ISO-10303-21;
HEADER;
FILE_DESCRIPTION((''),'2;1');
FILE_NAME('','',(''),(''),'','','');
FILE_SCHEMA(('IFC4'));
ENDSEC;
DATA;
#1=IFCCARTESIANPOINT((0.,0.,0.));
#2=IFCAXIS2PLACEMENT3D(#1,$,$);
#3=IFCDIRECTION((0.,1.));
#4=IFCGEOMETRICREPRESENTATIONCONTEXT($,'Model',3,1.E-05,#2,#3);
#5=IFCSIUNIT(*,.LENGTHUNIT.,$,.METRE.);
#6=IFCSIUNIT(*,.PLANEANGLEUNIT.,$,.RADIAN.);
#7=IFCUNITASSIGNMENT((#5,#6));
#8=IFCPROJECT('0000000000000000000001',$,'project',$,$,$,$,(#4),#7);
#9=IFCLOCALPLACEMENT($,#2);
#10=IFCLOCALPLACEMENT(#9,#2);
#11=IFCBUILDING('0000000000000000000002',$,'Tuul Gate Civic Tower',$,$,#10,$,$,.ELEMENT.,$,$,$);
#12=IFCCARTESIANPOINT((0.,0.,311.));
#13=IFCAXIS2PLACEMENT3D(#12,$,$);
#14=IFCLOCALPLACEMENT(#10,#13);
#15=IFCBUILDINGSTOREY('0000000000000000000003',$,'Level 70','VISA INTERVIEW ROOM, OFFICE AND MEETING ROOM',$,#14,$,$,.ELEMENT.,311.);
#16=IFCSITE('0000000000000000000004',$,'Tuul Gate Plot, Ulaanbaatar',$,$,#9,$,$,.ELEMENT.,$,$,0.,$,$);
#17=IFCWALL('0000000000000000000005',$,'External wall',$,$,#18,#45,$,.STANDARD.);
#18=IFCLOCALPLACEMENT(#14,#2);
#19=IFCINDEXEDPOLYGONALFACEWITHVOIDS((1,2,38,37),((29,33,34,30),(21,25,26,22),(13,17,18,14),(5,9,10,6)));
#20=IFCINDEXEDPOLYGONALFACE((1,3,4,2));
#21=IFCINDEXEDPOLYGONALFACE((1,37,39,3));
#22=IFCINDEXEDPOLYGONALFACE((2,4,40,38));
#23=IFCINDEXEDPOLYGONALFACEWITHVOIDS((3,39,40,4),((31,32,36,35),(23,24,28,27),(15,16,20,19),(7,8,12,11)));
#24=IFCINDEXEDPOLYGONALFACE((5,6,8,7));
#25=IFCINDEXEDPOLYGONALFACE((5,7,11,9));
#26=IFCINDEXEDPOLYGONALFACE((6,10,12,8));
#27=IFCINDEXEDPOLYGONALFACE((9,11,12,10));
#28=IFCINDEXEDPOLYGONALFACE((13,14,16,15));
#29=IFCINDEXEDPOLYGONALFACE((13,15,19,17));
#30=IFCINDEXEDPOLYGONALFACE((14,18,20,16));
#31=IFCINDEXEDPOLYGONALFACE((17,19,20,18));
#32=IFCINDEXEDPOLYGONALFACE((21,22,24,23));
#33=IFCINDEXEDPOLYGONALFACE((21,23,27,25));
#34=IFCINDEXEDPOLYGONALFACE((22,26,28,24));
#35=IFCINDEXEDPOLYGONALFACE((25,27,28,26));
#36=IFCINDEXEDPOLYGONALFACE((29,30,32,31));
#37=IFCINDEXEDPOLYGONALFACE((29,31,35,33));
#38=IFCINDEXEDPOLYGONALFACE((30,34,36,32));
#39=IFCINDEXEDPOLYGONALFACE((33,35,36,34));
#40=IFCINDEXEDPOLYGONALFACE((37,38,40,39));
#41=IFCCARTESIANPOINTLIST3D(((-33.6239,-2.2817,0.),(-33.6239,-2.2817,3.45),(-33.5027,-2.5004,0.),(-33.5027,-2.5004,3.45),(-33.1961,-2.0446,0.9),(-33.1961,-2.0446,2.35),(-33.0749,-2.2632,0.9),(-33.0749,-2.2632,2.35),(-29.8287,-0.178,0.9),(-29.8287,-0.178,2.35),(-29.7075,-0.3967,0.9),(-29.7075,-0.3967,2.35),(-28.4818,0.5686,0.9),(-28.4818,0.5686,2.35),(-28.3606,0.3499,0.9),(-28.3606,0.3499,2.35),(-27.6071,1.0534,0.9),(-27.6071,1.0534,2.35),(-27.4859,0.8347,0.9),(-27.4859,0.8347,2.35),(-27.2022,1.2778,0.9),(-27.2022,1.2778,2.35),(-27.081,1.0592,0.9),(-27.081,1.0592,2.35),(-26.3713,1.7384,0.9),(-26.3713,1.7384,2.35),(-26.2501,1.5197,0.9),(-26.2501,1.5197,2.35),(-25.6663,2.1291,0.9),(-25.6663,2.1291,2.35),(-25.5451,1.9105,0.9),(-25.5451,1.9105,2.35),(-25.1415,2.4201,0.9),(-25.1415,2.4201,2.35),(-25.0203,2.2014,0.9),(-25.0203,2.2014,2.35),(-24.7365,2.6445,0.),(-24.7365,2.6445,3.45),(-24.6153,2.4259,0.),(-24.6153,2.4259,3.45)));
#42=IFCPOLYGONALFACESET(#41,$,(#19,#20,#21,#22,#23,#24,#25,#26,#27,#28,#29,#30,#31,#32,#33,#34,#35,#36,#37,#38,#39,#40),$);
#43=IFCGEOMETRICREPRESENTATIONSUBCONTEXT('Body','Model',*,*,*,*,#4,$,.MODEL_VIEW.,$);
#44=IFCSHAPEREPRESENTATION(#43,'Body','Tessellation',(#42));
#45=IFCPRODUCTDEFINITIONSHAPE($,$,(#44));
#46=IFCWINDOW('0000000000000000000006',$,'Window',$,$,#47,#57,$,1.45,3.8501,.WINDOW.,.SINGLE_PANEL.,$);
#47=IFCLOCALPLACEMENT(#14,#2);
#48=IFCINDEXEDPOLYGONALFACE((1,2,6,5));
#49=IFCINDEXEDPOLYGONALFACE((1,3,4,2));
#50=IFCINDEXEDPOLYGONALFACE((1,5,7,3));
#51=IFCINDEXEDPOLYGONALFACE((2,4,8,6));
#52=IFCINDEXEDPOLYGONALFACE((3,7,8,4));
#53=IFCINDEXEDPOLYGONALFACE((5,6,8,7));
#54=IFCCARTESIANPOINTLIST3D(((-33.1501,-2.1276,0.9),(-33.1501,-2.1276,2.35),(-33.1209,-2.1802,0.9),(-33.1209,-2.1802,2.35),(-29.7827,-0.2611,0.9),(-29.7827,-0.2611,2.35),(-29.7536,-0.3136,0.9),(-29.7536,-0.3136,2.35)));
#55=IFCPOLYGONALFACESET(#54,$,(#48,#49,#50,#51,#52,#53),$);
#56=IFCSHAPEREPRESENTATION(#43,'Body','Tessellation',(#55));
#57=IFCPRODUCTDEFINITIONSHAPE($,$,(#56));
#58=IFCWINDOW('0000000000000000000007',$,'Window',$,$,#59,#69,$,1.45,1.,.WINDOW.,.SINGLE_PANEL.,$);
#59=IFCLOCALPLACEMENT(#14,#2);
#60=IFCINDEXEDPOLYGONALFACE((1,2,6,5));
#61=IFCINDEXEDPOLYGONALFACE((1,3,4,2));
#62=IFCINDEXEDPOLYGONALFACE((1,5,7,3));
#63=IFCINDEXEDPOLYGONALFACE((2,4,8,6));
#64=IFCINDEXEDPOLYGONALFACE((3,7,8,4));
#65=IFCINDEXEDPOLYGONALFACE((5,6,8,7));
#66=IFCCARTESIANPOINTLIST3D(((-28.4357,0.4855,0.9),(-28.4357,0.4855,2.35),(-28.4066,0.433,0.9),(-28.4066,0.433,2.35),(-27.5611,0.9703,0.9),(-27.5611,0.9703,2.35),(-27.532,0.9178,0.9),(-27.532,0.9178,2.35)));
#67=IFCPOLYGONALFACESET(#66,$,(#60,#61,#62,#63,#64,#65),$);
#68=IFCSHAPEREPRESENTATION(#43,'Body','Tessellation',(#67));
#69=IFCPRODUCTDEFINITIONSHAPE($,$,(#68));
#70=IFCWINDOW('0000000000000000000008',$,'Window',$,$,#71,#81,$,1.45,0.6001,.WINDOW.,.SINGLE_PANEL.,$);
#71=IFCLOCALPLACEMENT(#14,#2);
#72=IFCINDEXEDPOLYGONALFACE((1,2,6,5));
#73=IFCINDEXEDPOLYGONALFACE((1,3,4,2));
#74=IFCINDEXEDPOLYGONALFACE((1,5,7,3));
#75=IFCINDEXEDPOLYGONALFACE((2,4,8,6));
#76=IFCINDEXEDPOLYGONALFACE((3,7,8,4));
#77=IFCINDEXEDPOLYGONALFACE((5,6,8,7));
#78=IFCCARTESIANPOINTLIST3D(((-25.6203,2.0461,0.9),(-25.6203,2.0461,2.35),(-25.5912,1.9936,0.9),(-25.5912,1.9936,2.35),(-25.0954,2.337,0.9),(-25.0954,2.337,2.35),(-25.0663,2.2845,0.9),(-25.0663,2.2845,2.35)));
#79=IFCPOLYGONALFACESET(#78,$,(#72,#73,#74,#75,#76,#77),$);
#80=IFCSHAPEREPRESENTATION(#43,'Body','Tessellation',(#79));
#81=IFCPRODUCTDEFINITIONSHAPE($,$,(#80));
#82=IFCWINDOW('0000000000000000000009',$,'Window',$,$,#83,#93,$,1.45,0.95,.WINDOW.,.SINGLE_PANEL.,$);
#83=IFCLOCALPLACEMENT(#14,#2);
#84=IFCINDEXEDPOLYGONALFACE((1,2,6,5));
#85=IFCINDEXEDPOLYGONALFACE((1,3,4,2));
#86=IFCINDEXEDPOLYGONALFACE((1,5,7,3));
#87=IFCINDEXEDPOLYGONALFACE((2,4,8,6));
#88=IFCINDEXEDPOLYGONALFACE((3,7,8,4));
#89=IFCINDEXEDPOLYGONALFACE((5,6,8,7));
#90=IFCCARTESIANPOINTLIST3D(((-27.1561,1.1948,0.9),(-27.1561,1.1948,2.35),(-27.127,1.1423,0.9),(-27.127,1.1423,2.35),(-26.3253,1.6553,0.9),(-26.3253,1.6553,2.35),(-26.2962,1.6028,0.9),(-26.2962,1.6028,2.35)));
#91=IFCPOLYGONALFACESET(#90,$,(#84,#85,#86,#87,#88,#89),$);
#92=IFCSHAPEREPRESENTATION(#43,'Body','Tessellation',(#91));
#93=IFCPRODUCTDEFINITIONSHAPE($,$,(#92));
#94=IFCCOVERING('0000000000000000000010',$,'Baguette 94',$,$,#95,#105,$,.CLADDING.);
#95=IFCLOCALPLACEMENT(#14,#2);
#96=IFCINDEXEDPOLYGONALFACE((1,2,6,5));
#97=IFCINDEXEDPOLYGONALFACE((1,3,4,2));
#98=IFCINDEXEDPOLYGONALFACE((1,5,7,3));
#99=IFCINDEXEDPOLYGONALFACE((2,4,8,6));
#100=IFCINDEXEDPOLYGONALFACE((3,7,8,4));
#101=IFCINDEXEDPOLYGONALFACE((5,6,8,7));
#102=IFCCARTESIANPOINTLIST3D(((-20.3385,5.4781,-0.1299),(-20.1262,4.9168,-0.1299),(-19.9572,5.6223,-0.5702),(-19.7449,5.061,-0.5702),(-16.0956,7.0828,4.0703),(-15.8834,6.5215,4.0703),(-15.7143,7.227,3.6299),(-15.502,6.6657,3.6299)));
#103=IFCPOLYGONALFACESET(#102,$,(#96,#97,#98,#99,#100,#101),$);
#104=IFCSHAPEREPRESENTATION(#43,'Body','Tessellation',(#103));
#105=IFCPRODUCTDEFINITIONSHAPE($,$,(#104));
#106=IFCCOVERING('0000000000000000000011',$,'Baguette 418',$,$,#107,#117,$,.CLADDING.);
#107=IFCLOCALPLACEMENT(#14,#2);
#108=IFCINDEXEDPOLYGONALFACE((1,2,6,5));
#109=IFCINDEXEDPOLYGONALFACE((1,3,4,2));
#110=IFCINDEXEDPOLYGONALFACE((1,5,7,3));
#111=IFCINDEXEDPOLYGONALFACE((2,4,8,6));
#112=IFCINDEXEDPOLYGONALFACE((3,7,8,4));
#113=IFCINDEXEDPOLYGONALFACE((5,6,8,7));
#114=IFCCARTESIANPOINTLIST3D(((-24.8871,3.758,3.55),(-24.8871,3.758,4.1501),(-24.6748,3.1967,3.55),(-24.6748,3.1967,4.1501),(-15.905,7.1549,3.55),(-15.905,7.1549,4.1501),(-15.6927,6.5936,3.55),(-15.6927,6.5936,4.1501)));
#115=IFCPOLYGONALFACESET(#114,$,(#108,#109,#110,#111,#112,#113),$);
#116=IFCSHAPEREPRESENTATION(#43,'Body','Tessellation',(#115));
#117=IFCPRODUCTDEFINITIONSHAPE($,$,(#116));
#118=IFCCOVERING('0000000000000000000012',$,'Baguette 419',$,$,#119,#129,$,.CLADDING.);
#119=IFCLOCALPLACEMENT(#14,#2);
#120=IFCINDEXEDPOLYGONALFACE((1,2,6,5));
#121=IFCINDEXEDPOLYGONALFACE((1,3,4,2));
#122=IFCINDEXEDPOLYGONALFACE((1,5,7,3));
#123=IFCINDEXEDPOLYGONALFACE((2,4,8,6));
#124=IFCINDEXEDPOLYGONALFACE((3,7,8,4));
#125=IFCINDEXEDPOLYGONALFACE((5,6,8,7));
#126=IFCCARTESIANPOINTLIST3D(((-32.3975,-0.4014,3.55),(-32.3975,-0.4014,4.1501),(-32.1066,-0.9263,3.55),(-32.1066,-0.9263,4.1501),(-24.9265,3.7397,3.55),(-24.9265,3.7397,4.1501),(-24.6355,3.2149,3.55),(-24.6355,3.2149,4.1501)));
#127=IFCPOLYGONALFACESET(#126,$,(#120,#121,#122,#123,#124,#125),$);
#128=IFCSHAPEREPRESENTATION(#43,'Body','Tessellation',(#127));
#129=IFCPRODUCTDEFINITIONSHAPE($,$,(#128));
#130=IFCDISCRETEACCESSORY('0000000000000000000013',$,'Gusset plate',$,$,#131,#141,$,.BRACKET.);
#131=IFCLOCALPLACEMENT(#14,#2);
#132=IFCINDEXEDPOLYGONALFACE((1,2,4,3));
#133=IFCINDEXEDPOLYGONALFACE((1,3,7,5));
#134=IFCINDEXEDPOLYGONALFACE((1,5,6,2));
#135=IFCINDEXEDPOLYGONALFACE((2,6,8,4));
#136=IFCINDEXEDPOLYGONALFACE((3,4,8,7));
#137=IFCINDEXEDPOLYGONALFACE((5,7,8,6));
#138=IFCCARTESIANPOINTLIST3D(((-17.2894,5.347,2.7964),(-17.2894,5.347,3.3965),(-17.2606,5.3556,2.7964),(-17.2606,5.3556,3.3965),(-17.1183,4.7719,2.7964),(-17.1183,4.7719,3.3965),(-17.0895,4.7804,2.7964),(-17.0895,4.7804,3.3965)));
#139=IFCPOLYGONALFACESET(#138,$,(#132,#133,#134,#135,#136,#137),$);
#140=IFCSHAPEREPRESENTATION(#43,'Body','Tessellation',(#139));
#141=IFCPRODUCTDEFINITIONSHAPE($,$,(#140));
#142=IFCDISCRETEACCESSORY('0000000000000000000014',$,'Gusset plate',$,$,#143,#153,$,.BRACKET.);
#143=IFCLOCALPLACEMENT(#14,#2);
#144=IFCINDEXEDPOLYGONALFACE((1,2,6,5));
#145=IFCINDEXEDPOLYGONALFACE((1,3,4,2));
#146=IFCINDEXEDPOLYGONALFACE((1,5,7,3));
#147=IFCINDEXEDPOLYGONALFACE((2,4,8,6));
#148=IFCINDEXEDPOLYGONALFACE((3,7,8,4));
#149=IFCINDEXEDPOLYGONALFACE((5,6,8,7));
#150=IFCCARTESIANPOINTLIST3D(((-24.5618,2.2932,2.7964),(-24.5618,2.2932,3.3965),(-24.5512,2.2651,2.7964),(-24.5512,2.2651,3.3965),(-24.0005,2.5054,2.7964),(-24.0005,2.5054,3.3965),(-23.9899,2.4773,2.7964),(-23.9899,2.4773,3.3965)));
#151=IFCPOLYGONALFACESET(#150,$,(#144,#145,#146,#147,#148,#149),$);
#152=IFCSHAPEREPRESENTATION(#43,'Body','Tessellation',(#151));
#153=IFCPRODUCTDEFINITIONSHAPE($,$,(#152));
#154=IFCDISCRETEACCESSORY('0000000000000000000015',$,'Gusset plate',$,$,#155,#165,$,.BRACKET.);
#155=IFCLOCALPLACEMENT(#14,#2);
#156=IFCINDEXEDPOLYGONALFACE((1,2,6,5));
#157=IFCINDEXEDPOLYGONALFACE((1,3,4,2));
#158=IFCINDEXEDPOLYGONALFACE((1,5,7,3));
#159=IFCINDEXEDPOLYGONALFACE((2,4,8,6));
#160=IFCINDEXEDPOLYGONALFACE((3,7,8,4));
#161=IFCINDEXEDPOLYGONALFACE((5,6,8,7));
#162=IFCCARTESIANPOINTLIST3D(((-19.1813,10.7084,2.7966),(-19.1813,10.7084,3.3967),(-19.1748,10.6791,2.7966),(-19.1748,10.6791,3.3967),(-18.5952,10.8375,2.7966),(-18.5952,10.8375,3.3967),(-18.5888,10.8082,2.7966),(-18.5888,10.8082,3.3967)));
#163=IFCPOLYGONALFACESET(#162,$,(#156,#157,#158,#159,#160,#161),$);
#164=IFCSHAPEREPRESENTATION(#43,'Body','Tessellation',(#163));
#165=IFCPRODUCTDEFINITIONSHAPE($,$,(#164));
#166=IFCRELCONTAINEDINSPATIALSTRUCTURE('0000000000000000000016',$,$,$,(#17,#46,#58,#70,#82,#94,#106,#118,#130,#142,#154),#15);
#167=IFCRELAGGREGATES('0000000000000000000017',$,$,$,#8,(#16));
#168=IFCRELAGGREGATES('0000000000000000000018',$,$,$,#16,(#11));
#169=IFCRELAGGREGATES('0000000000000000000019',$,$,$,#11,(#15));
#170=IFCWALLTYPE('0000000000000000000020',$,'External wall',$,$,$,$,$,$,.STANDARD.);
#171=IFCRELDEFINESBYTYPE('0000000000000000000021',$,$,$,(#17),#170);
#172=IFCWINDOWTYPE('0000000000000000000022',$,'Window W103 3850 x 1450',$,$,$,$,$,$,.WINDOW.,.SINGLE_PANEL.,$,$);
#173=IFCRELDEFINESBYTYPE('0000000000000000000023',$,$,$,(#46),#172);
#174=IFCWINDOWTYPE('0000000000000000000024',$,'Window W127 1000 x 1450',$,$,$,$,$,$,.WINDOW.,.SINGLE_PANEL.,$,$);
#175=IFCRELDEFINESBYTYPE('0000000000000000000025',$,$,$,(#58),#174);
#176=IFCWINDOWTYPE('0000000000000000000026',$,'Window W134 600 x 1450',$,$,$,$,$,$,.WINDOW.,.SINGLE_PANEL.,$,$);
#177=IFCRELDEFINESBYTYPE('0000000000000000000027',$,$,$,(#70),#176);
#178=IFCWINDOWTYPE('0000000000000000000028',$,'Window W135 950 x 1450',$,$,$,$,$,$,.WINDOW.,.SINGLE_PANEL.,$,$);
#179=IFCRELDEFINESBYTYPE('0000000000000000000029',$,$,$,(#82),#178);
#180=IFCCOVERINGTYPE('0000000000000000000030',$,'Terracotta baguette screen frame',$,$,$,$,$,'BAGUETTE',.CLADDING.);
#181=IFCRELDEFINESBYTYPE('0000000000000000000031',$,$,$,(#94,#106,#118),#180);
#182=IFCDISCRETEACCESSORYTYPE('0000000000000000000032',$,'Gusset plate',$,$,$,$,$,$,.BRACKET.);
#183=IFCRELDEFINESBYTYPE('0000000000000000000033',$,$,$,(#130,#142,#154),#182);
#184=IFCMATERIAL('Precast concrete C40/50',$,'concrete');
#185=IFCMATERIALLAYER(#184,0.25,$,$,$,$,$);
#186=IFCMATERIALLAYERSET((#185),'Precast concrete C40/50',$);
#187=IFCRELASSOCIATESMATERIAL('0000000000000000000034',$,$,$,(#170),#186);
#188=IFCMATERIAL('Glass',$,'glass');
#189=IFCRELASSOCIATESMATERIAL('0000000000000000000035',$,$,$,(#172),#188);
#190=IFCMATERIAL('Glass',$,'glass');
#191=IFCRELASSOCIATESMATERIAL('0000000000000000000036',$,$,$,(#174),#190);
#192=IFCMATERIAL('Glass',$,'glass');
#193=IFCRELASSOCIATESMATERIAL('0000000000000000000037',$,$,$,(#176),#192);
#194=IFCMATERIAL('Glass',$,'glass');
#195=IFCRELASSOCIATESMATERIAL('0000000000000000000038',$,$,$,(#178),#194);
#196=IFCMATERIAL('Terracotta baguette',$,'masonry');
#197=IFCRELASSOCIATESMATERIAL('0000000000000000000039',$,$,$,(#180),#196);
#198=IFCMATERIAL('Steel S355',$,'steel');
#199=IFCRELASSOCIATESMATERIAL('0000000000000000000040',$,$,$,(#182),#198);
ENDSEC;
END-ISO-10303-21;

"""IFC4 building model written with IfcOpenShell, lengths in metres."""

from ifc_helpers import new_model, si_unit, direction, frame, frame_2d, origin, origin_2d, place, context, subcontext, project, spatial, rectangle, extrude, material, layer, layer_set, material_profile, profile_set, type_object, element, fill, save


model = new_model("IFC4")

# Units and contexts
model_context = context("Model", 3, precision=1e-05, world=origin(), true_north=direction((0.0, 1.0)))
body_context = subcontext(model_context, "Body", "Model", "MODEL_VIEW")
ifc_project = project(units=[si_unit("LENGTHUNIT", "METRE"), si_unit("PLANEANGLEUNIT", "RADIAN")], contexts=[model_context])

# Site, building, storey
site_placement = place(None, origin())
site = spatial("IfcSite", under=ifc_project, at=site_placement, Name="Tuul Gate Plot, Ulaanbaatar", CompositionType="ELEMENT", RefElevation=0.0)
building_placement = place(site_placement, origin())
building = spatial("IfcBuilding", under=site, at=building_placement, Name="Tuul Gate Civic Tower", CompositionType="ELEMENT")
storey_placement = place(building_placement, frame((0.0, 0.0, 311.0)))
storey = spatial("IfcBuildingStorey", under=building, at=storey_placement, Name="Level 70", Description="VISA INTERVIEW ROOM, OFFICE AND MEETING ROOM", CompositionType="ELEMENT", Elevation=311.0)

# Wall, openings, windows
ifc_material_1 = material(Name="Precast concrete C40/50", Category="concrete")
ifc_layer_1 = layer(ifc_material_1, 0.25)
ifc_layer_set_1 = layer_set([ifc_layer_1], Name="Precast concrete C40/50")
wall_type_1 = type_object("IfcWallType", Name="External wall", PredefinedType="STANDARD", material=ifc_layer_set_1)
ifc_material_2 = material(Name="Glass", Category="glass")
window_type_1 = type_object("IfcWindowType", Name="Window W103 3850 x 1450", PartitioningType="SINGLE_PANEL", PredefinedType="WINDOW", material=ifc_material_2)
wall_1_placement = place(storey_placement, frame((-24.676, 2.5352, 0.0), z_axis=(0.0, 0.0, 1.0), x_axis=(-0.874625, -0.4848, 0.0)))
wall_1 = element("IfcWall", 1, at=wall_1_placement, inside=storey, type_object=wall_type_1, Name="External wall", PredefinedType="STANDARD", context=body_context, shape_type="SweptSolid", body=[
    extrude(rectangle(XDim=10.1614, YDim=0.25, at=frame_2d((5.0806, 0.0))), origin(), (0.0, 0.0, 1.0), 3.45),
])
opening_1_placement = place(wall_1_placement, frame((5.822, 0.0, 0.8999)))
opening_1 = element("IfcOpeningElement", 2, at=opening_1_placement, cuts=wall_1, PredefinedType="OPENING", context=body_context, shape_type="SweptSolid", body=[
    extrude(rectangle(XDim=3.8501, YDim=1.45, at=frame_2d((1.925, 0.7251))), frame((0.0, 0.135, 0.0), z_axis=(0.0, -1.0, 0.0), x_axis=(1.0, 0.0, 0.0)), (0.0, 0.0, 1.0), 0.27),
])
opening_2_placement = place(wall_1_placement, frame((3.282, 0.0, 0.8999)))
opening_2 = element("IfcOpeningElement", 3, at=opening_2_placement, cuts=wall_1, PredefinedType="OPENING", context=body_context, shape_type="SweptSolid", body=[
    extrude(rectangle(XDim=1.0, YDim=1.45, at=frame_2d((0.5, 0.7251))), frame((0.0, 0.135, 0.0), z_axis=(0.0, -1.0, 0.0), x_axis=(1.0, 0.0, 0.0)), (0.0, 0.0, 1.0), 0.27),
])
opening_3_placement = place(wall_1_placement, frame((0.4629, 0.0, 0.8999)))
opening_3 = element("IfcOpeningElement", 4, at=opening_3_placement, cuts=wall_1, PredefinedType="OPENING", context=body_context, shape_type="SweptSolid", body=[
    extrude(rectangle(XDim=0.6001, YDim=1.45, at=frame_2d((0.3, 0.7251))), frame((0.0, 0.135, 0.0), z_axis=(0.0, -1.0, 0.0), x_axis=(1.0, 0.0, 0.0)), (0.0, 0.0, 1.0), 0.27),
])
opening_4_placement = place(wall_1_placement, frame((1.8689, 0.0, 0.8999)))
opening_4 = element("IfcOpeningElement", 5, at=opening_4_placement, cuts=wall_1, PredefinedType="OPENING", context=body_context, shape_type="SweptSolid", body=[
    extrude(rectangle(XDim=0.95, YDim=1.45, at=frame_2d((0.4751, 0.7251))), frame((0.0, 0.135, 0.0), z_axis=(0.0, -1.0, 0.0), x_axis=(1.0, 0.0, 0.0)), (0.0, 0.0, 1.0), 0.27),
])
window_1_placement = place(opening_1_placement, origin())
window_1 = element("IfcWindow", 6, at=window_1_placement, inside=storey, type_object=window_type_1, Name="Window", OverallHeight=1.45, OverallWidth=3.8501, PartitioningType="SINGLE_PANEL", PredefinedType="WINDOW", context=body_context, shape_type="SweptSolid", body=[
    extrude(rectangle(XDim=3.8501, YDim=1.45, at=frame_2d((1.925, 0.7251))), frame((0.0, 0.03, 0.0), z_axis=(0.0, -1.0, 0.0), x_axis=(1.0, 0.0, 0.0)), (0.0, 0.0, 1.0), 0.0601),
])
fill(opening_1, window_1)
ifc_material_3 = material(Name="Glass", Category="glass")
window_type_2 = type_object("IfcWindowType", Name="Window W127 1000 x 1450", PartitioningType="SINGLE_PANEL", PredefinedType="WINDOW", material=ifc_material_3)
window_2_placement = place(opening_2_placement, origin())
window_2 = element("IfcWindow", 7, at=window_2_placement, inside=storey, type_object=window_type_2, Name="Window", OverallHeight=1.45, OverallWidth=1.0, PartitioningType="SINGLE_PANEL", PredefinedType="WINDOW", context=body_context, shape_type="SweptSolid", body=[
    extrude(rectangle(XDim=1.0, YDim=1.45, at=frame_2d((0.5, 0.7251))), frame((0.0, 0.03, 0.0), z_axis=(0.0, -1.0, 0.0), x_axis=(1.0, 0.0, 0.0)), (0.0, 0.0, 1.0), 0.0601),
])
fill(opening_2, window_2)
ifc_material_4 = material(Name="Glass", Category="glass")
window_type_3 = type_object("IfcWindowType", Name="Window W134 600 x 1450", PartitioningType="SINGLE_PANEL", PredefinedType="WINDOW", material=ifc_material_4)
window_3_placement = place(opening_3_placement, origin())
window_3 = element("IfcWindow", 8, at=window_3_placement, inside=storey, type_object=window_type_3, Name="Window", OverallHeight=1.45, OverallWidth=0.6001, PartitioningType="SINGLE_PANEL", PredefinedType="WINDOW", context=body_context, shape_type="SweptSolid", body=[
    extrude(rectangle(XDim=0.6001, YDim=1.45, at=frame_2d((0.3, 0.7251))), frame((0.0, 0.03, 0.0), z_axis=(0.0, -1.0, 0.0), x_axis=(1.0, 0.0, 0.0)), (0.0, 0.0, 1.0), 0.0601),
])
fill(opening_3, window_3)
ifc_material_5 = material(Name="Glass", Category="glass")
window_type_4 = type_object("IfcWindowType", Name="Window W135 950 x 1450", PartitioningType="SINGLE_PANEL", PredefinedType="WINDOW", material=ifc_material_5)
window_4_placement = place(opening_4_placement, origin())
window_4 = element("IfcWindow", 9, at=window_4_placement, inside=storey, type_object=window_type_4, Name="Window", OverallHeight=1.45, OverallWidth=0.95, PartitioningType="SINGLE_PANEL", PredefinedType="WINDOW", context=body_context, shape_type="SweptSolid", body=[
    extrude(rectangle(XDim=0.95, YDim=1.45, at=frame_2d((0.4751, 0.7251))), frame((0.0, 0.03, 0.0), z_axis=(0.0, -1.0, 0.0), x_axis=(1.0, 0.0, 0.0)), (0.0, 0.0, 1.0), 0.0601),
])
fill(opening_4, window_4)

# Coverings
ifc_material_6 = material(Name="Terracotta baguette", Category="masonry")
ifc_material_profile_1 = material_profile(ifc_material_6, rectangle(XDim=0.6001, YDim=0.6001, at=origin_2d()), Name="Terracotta baguette screen frame")
ifc_profile_set_1 = profile_set([ifc_material_profile_1], Name="Terracotta baguette")
covering_type = type_object("IfcCoveringType", Name="Terracotta baguette screen frame", ElementType="BAGUETTE", PredefinedType="CLADDING", material=ifc_profile_set_1)
covering_1_placement = place(storey_placement, frame((-15.7988, 6.8743, 3.8501), z_axis=(-0.686316, -0.259575, -0.679405), x_axis=(0.353758, -0.935337, 0.0)))
element("IfcCovering", 10, at=covering_1_placement, inside=storey, type_object=covering_type, Name="Baguette 94", PredefinedType="CLADDING", context=body_context, shape_type="SweptSolid", body=[
    extrude(rectangle(XDim=0.6001, YDim=0.6001, at=origin_2d()), origin(), (0.0, 0.0, 1.0), 6.1821),
])
covering_2_placement = place(storey_placement, frame((-15.7988, 6.8743, 3.8501), z_axis=(-0.935344, -0.353738, 0.0), x_axis=(0.353738, -0.935344, 0.0)))
element("IfcCovering", 11, at=covering_2_placement, inside=storey, type_object=covering_type, Name="Baguette 418", PredefinedType="CLADDING", context=body_context, shape_type="SweptSolid", body=[
    extrude(rectangle(XDim=0.6001, YDim=0.6001, at=origin_2d()), origin(), (0.0, 0.0, 1.0), 9.603),
])
covering_3_placement = place(storey_placement, frame((-24.781, 3.4773, 3.8501), z_axis=(-0.874625, -0.484801, 0.0), x_axis=(0.484801, -0.874625, 0.0)))
element("IfcCovering", 12, at=covering_3_placement, inside=storey, type_object=covering_type, Name="Baguette 419", PredefinedType="CLADDING", context=body_context, shape_type="SweptSolid", body=[
    extrude(rectangle(XDim=0.6001, YDim=0.6001, at=origin_2d()), origin(), (0.0, 0.0, 1.0), 8.542),
])

# Discrete accessories
ifc_material_7 = material(Name="Steel S355", Category="steel")
discrete_accessory_type = type_object("IfcDiscreteAccessoryType", Name="Gusset plate", PredefinedType="BRACKET", material=ifc_material_7)
for number, where, z_axis, x_axis, name in (
    (13, (-17.1895, 5.0637, 2.7964), (0.0, 0.0, 1.0), (-0.285225, 0.958461, 0.0), "Gusset plate"),
    (14, (-24.2759, 2.3853, 2.7964), (0.0, 0.0, 1.0), (0.935356, 0.353708, 0.0), "Gusset plate"),
    (15, (-18.885, 10.7583, 2.7966), (0.0, 0.0, 1.0), (0.976569, 0.215205, 0.0), "Gusset plate"),
):
    element("IfcDiscreteAccessory", number, at=place(storey_placement, frame(where, z_axis=z_axis, x_axis=x_axis)), inside=storey, type_object=discrete_accessory_type, Name=name, PredefinedType="BRACKET", context=body_context, shape_type="SweptSolid", body=[
        extrude(rectangle(XDim=0.6001, YDim=0.03, at=origin_2d()), origin(), (0.0, 0.0, 1.0), 0.6001),
    ])

save(model, "model.ifc")
